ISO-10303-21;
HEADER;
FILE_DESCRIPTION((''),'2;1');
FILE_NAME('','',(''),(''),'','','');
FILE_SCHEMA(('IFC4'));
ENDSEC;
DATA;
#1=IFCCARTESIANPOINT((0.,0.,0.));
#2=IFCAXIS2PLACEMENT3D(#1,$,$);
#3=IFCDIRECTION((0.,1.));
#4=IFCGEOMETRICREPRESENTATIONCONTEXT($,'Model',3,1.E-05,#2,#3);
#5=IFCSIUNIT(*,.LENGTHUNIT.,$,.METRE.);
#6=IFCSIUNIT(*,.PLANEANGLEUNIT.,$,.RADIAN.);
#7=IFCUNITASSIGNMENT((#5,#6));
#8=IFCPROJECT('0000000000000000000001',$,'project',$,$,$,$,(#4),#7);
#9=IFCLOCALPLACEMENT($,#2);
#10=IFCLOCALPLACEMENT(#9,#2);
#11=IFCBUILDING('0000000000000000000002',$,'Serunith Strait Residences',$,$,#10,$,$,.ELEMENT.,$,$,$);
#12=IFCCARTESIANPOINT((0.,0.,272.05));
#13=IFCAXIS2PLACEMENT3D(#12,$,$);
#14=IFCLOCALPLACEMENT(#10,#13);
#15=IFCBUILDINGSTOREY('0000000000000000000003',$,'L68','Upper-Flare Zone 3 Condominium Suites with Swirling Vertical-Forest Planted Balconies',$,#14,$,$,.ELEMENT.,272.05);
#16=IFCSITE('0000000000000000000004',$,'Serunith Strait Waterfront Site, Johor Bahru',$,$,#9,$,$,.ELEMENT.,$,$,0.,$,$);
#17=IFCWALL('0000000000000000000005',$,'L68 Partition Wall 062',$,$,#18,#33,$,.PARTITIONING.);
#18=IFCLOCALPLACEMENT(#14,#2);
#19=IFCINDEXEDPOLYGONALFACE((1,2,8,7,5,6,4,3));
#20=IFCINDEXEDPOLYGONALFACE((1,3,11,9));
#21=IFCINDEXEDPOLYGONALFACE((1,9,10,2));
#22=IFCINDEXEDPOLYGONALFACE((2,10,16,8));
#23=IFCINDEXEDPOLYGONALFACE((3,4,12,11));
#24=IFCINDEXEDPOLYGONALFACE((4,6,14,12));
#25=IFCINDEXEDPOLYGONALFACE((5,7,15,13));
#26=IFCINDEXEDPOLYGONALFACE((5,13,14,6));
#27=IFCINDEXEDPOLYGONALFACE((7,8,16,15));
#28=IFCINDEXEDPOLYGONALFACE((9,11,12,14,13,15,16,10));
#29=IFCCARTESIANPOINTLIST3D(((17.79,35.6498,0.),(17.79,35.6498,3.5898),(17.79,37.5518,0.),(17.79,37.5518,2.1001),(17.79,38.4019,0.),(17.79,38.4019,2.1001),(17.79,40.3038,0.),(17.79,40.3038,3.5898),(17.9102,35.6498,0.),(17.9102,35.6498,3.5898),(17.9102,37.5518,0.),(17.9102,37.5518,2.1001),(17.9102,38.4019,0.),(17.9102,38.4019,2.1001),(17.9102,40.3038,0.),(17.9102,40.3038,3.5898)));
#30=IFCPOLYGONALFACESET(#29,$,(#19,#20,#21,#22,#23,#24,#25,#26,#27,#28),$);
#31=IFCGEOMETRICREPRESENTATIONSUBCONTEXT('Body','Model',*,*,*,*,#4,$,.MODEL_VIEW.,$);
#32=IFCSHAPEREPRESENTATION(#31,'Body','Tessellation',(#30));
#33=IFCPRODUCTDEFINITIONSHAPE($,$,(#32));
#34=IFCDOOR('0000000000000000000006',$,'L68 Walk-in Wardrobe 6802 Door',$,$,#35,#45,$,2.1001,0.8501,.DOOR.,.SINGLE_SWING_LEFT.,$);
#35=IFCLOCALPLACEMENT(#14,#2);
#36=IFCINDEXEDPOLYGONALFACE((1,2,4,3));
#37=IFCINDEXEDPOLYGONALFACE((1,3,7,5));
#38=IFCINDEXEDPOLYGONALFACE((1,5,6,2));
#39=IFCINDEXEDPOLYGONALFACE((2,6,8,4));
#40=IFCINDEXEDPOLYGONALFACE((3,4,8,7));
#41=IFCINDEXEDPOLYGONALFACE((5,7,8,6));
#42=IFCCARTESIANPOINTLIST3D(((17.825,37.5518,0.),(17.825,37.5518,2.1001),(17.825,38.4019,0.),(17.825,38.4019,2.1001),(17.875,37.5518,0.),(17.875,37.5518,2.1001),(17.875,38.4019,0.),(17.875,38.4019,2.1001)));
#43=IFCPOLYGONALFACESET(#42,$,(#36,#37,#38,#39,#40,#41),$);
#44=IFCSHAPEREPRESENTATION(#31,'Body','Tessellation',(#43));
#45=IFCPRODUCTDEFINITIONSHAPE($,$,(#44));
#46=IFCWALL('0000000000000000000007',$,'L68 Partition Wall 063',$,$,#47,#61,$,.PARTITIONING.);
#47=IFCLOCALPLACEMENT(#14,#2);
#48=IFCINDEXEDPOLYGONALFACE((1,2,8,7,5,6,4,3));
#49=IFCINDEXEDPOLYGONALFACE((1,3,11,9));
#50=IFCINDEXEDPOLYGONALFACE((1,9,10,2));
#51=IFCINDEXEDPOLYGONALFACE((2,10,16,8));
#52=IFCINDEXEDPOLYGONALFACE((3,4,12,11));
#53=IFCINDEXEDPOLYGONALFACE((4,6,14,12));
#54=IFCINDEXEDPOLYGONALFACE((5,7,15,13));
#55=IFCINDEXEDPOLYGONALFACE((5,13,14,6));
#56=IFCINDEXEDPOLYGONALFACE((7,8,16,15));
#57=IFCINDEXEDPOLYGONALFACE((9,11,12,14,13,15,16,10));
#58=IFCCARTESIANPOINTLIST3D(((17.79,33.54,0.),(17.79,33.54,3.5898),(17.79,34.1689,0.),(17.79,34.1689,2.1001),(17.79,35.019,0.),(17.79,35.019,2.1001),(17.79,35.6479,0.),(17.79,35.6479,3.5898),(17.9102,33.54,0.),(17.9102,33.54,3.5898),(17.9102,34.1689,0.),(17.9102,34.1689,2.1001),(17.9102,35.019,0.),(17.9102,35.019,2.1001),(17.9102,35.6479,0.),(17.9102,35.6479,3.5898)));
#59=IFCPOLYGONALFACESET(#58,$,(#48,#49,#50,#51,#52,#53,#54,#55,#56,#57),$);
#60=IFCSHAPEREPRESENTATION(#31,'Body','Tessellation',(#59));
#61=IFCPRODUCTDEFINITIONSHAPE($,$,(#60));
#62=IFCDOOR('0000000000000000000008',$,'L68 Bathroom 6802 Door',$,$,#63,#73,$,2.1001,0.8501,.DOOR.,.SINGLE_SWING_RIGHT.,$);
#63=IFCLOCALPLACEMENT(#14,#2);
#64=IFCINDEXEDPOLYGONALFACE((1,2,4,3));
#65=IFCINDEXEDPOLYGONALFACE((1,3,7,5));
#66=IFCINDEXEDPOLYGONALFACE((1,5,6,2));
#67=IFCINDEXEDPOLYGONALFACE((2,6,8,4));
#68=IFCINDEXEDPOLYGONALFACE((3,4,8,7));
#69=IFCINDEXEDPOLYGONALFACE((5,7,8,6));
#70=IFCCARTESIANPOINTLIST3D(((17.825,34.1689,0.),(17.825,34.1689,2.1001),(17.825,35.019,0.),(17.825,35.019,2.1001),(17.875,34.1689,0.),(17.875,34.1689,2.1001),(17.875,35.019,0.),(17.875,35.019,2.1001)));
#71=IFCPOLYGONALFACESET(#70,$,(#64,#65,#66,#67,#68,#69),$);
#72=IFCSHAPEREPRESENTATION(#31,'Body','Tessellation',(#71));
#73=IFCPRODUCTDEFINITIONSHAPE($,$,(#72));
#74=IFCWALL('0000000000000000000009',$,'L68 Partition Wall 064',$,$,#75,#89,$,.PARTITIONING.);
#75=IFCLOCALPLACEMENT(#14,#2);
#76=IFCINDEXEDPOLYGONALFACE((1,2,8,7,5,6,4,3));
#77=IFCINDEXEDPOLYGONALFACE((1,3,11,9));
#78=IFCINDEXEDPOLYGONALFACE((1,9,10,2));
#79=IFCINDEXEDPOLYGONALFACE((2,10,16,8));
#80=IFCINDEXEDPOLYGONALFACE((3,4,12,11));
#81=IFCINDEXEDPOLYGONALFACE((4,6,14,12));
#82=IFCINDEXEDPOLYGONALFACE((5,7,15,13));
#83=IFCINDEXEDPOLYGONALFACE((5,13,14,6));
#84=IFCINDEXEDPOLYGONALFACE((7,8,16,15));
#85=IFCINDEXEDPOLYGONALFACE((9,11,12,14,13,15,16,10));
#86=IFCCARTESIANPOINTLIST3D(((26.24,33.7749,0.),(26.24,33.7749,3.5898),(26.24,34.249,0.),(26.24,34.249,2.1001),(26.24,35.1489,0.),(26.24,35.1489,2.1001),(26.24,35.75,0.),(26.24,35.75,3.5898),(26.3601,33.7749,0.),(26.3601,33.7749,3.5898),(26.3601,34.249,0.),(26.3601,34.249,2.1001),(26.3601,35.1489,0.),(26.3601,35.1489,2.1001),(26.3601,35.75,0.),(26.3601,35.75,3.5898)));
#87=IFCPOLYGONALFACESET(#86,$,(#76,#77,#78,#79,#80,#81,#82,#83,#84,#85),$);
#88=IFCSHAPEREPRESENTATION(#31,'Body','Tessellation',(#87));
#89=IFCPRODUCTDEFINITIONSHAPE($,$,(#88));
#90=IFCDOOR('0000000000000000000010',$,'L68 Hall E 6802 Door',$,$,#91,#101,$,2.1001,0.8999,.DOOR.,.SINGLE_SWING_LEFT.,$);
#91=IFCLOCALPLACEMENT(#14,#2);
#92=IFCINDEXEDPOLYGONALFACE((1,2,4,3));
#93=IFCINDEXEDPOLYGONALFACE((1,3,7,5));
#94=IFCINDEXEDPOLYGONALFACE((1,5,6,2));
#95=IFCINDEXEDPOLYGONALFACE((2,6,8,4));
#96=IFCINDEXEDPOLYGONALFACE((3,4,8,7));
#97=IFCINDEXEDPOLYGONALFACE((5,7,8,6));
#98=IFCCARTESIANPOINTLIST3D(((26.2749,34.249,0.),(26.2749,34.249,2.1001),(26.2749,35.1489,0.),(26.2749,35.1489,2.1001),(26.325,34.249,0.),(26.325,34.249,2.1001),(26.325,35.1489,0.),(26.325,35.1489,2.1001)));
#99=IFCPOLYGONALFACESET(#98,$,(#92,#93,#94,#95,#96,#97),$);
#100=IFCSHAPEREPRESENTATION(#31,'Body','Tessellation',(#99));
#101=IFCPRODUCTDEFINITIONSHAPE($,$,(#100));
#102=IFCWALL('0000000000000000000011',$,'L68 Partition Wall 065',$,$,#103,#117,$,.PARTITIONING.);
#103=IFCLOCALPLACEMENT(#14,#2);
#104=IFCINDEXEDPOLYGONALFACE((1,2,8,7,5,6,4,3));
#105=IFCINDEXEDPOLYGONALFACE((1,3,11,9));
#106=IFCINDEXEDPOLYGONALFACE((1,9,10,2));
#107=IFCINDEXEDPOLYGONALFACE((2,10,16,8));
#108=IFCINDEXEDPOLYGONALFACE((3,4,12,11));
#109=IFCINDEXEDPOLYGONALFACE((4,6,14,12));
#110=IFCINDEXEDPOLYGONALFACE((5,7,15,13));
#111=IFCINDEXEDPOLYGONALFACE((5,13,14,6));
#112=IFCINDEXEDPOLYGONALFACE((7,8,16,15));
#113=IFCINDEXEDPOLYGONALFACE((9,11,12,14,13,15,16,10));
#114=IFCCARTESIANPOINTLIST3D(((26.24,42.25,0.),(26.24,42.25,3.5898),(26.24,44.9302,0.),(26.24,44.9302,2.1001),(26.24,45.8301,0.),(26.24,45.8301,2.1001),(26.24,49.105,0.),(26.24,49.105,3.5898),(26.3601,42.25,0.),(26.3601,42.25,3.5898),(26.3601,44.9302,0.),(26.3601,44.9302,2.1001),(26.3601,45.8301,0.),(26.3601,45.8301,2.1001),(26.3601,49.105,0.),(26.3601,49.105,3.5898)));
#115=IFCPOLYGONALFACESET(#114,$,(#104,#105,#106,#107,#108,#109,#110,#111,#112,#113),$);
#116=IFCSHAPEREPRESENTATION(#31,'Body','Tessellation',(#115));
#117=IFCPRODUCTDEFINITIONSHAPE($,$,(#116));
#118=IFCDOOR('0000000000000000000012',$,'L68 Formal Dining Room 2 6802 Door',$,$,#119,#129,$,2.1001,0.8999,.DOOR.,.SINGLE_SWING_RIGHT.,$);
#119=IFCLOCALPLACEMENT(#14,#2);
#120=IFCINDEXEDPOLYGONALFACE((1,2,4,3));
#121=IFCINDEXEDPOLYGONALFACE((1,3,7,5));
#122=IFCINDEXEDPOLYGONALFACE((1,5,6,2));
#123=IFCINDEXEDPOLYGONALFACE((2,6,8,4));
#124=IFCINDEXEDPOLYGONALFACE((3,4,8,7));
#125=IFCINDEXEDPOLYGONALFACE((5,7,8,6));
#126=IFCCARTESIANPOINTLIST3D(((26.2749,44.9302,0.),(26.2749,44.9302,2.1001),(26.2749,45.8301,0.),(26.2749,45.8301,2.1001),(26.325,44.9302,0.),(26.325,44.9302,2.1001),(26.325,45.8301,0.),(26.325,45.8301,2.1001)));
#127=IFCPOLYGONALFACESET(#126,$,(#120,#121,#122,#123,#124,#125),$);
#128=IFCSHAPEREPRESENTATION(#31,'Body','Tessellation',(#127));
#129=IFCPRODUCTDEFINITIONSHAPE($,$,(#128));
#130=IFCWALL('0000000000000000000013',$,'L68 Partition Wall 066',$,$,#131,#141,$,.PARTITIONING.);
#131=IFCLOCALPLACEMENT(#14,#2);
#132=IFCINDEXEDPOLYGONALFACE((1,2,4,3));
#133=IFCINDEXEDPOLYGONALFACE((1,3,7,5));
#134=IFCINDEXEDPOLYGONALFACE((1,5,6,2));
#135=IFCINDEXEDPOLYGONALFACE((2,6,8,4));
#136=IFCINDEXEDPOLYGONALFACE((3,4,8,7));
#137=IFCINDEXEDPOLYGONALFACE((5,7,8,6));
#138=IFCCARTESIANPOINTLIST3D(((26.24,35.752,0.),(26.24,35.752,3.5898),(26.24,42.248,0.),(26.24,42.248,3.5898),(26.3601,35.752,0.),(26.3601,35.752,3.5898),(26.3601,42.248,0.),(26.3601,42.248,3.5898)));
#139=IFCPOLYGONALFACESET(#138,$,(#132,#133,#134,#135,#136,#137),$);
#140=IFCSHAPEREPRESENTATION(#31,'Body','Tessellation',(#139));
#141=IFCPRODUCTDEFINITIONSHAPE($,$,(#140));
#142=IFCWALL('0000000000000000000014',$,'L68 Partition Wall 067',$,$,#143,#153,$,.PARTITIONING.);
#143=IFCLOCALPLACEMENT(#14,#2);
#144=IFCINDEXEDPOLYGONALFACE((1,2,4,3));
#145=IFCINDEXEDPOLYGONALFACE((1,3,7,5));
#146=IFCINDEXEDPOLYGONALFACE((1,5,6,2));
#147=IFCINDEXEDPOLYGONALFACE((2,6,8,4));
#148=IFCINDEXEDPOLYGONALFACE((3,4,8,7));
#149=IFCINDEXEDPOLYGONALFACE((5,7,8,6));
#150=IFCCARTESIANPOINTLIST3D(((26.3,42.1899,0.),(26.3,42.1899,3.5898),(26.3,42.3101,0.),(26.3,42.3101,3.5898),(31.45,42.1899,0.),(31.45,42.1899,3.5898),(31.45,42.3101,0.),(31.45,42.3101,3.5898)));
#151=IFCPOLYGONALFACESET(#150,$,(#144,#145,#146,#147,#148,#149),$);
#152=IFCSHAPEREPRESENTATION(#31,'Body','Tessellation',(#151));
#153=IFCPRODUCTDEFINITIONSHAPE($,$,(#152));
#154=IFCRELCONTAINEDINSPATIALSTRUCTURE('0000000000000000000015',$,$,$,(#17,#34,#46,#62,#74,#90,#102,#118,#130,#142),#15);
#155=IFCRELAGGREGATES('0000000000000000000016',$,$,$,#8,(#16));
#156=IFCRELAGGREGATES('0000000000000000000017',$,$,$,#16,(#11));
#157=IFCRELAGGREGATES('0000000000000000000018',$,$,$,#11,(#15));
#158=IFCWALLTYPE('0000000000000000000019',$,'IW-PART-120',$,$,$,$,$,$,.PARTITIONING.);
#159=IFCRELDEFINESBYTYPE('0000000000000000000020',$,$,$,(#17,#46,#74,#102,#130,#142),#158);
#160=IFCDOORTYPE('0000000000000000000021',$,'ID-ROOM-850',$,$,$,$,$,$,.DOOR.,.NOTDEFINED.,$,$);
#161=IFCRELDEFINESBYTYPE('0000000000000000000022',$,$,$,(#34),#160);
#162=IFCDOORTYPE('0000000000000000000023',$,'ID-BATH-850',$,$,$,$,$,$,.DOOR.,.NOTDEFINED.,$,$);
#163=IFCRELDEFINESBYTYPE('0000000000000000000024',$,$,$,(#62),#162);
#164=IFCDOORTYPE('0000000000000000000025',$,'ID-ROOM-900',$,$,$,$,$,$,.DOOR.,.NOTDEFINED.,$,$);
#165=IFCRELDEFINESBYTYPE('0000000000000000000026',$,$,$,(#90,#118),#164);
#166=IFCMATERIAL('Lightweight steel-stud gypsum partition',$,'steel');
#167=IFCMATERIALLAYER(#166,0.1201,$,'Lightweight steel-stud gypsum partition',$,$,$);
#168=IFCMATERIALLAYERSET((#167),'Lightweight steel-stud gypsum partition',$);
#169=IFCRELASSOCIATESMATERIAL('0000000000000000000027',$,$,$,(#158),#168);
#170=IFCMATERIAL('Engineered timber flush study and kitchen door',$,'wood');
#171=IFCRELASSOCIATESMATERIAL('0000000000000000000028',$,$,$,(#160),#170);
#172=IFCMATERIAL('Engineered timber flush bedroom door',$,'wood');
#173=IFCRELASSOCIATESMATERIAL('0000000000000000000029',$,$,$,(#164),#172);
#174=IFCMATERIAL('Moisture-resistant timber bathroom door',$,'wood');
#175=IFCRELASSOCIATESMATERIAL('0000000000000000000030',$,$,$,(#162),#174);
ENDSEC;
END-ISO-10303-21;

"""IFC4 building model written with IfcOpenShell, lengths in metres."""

from ifc_helpers import new_model, si_unit, direction, frame, frame_2d, origin, place, context, subcontext, project, spatial, rectangle, extrude, source, transform, mapped, material, layer, layer_set, type_object, element, fill, save


model = new_model("IFC4")

# Units and contexts
model_context = context("Model", 3, precision=1e-05, world=origin(), true_north=direction((0.0, 1.0)))
body_context = subcontext(model_context, "Body", "Model", "MODEL_VIEW")
ifc_project = project(units=[si_unit("LENGTHUNIT", "METRE"), si_unit("PLANEANGLEUNIT", "RADIAN")], contexts=[model_context])

# Site, building, storey
site_placement = place(None, origin())
site = spatial("IfcSite", under=ifc_project, at=site_placement, Name="Serunith Strait Waterfront Site, Johor Bahru", CompositionType="ELEMENT", RefElevation=0.0)
building_placement = place(site_placement, origin())
building = spatial("IfcBuilding", under=site, at=building_placement, Name="Serunith Strait Residences", CompositionType="ELEMENT")
storey_placement = place(building_placement, frame((0.0, 0.0, 272.05)))
storey = spatial("IfcBuildingStorey", under=building, at=storey_placement, Name="L68", Description="Upper-Flare Zone 3 Condominium Suites with Swirling Vertical-Forest Planted Balconies", CompositionType="ELEMENT", Elevation=272.05)

# Shared definitions
ifc_material_1 = material(Name="Lightweight steel-stud gypsum partition", Category="steel")
ifc_layer_1 = layer(ifc_material_1, 0.1201, Name="Lightweight steel-stud gypsum partition")
ifc_layer_set_1 = layer_set([ifc_layer_1], Name="Lightweight steel-stud gypsum partition")
wall_type = type_object("IfcWallType", Name="IW-PART-120", PredefinedType="PARTITIONING", material=ifc_layer_set_1)
ifc_material_2 = material(Name="Engineered timber flush study and kitchen door", Category="wood")
door_type_1 = type_object("IfcDoorType", Name="ID-ROOM-850", OperationType="NOTDEFINED", PredefinedType="DOOR", material=ifc_material_2)
shared_shape_1 = source(origin(), body_context, "Body", "SweptSolid", [
    extrude(rectangle(XDim=0.8501, YDim=2.1001, at=frame_2d((0.425, 1.05))), frame((0.0, 0.0249, 0.0), z_axis=(0.0, -1.0, 0.0), x_axis=(1.0, 0.0, 0.0)), (0.0, 0.0, 1.0), 0.05),
])

# Walls, openings, doors
ifc_material_3 = material(Name="Engineered timber flush bedroom door", Category="wood")
door_type_2 = type_object("IfcDoorType", Name="ID-ROOM-900", OperationType="NOTDEFINED", PredefinedType="DOOR", material=ifc_material_3)
shared_shape_2 = source(origin(), body_context, "Body", "SweptSolid", [
    extrude(rectangle(XDim=0.8999, YDim=2.1001, at=frame_2d((0.45, 1.05))), frame((0.0, 0.0249, 0.0), z_axis=(0.0, -1.0, 0.0), x_axis=(1.0, 0.0, 0.0)), (0.0, 0.0, 1.0), 0.05),
])
wall_1_placement = place(storey_placement, frame((17.8501, 40.304, 0.0), z_axis=(0.0, 0.0, 1.0), x_axis=(0.0, -1.0, 0.0)))
wall_1 = element("IfcWall", 1, at=wall_1_placement, inside=storey, type_object=wall_type, Name="L68 Partition Wall 062", PredefinedType="PARTITIONING", context=body_context, shape_type="SweptSolid", body=[
    extrude(rectangle(XDim=4.6541, YDim=0.1201, at=frame_2d((2.3271, 0.0))), origin(), (0.0, 0.0, 1.0), 3.5898),
])
opening_1_placement = place(wall_1_placement, frame((1.9021, 0.0, 0.0)))
opening_1 = element("IfcOpeningElement", 2, at=opening_1_placement, cuts=wall_1, PredefinedType="OPENING", context=body_context, shape_type="SweptSolid", body=[
    extrude(rectangle(XDim=0.8501, YDim=2.1001, at=frame_2d((0.425, 1.05))), frame((0.0, 0.0701, 0.0), z_axis=(0.0, -1.0, 0.0), x_axis=(1.0, 0.0, 0.0)), (0.0, 0.0, 1.0), 0.1401),
])
door_1_placement = place(opening_1_placement, origin())
door_1 = element("IfcDoor", 3, at=door_1_placement, inside=storey, type_object=door_type_1, Name="L68 Walk-in Wardrobe 6802 Door", OperationType="SINGLE_SWING_LEFT", OverallHeight=2.1001, OverallWidth=0.8501, PredefinedType="DOOR", context=body_context, shape_type="MappedRepresentation", body=[
    mapped(shared_shape_1, transform((0.0, 0.0, 0.0), scale=1.0)),
])
fill(opening_1, door_1)
wall_2_placement = place(storey_placement, frame((17.8501, 35.6479, 0.0), z_axis=(0.0, 0.0, 1.0), x_axis=(0.0, -1.0, 0.0)))
wall_2 = element("IfcWall", 4, at=wall_2_placement, inside=storey, type_object=wall_type, Name="L68 Partition Wall 063", PredefinedType="PARTITIONING", context=body_context, shape_type="SweptSolid", body=[
    extrude(rectangle(XDim=2.1079, YDim=0.1201, at=frame_2d((1.054, 0.0))), origin(), (0.0, 0.0, 1.0), 3.5898),
])
opening_2_placement = place(wall_2_placement, frame((0.6289, 0.0, 0.0)))
opening_2 = element("IfcOpeningElement", 5, at=opening_2_placement, cuts=wall_2, PredefinedType="OPENING", context=body_context, shape_type="SweptSolid", body=[
    extrude(rectangle(XDim=0.8501, YDim=2.1001, at=frame_2d((0.425, 1.05))), frame((0.0, 0.0701, 0.0), z_axis=(0.0, -1.0, 0.0), x_axis=(1.0, 0.0, 0.0)), (0.0, 0.0, 1.0), 0.1401),
])
ifc_material_4 = material(Name="Moisture-resistant timber bathroom door", Category="wood")
door_type_3 = type_object("IfcDoorType", Name="ID-BATH-850", OperationType="NOTDEFINED", PredefinedType="DOOR", material=ifc_material_4)
door_2_placement = place(opening_2_placement, origin())
door_2 = element("IfcDoor", 6, at=door_2_placement, inside=storey, type_object=door_type_3, Name="L68 Bathroom 6802 Door", OperationType="SINGLE_SWING_RIGHT", OverallHeight=2.1001, OverallWidth=0.8501, PredefinedType="DOOR", context=body_context, shape_type="MappedRepresentation", body=[
    mapped(shared_shape_1, transform((0.0, 0.0, 0.0), scale=1.0)),
])
fill(opening_2, door_2)
wall_3_placement = place(storey_placement, frame((26.3, 35.75, 0.0), z_axis=(0.0, 0.0, 1.0), x_axis=(0.0, -1.0, 0.0)))
wall_3 = element("IfcWall", 7, at=wall_3_placement, inside=storey, type_object=wall_type, Name="L68 Partition Wall 064", PredefinedType="PARTITIONING", context=body_context, shape_type="SweptSolid", body=[
    extrude(rectangle(XDim=1.9751, YDim=0.1201, at=frame_2d((0.9875, 0.0))), origin(), (0.0, 0.0, 1.0), 3.5898),
])
opening_3_placement = place(wall_3_placement, frame((0.6011, 0.0, 0.0)))
opening_3 = element("IfcOpeningElement", 8, at=opening_3_placement, cuts=wall_3, PredefinedType="OPENING", context=body_context, shape_type="SweptSolid", body=[
    extrude(rectangle(XDim=0.8999, YDim=2.1001, at=frame_2d((0.45, 1.05))), frame((0.0, 0.0701, 0.0), z_axis=(0.0, -1.0, 0.0), x_axis=(1.0, 0.0, 0.0)), (0.0, 0.0, 1.0), 0.1401),
])
door_3_placement = place(opening_3_placement, origin())
door_3 = element("IfcDoor", 9, at=door_3_placement, inside=storey, type_object=door_type_2, Name="L68 Hall E 6802 Door", OperationType="SINGLE_SWING_LEFT", OverallHeight=2.1001, OverallWidth=0.8999, PredefinedType="DOOR", context=body_context, shape_type="MappedRepresentation", body=[
    mapped(shared_shape_2, transform((0.0, 0.0, 0.0), scale=1.0)),
])
fill(opening_3, door_3)
wall_4_placement = place(storey_placement, frame((26.3, 49.105, 0.0), z_axis=(0.0, 0.0, 1.0), x_axis=(0.0, -1.0, 0.0)))
wall_4 = element("IfcWall", 10, at=wall_4_placement, inside=storey, type_object=wall_type, Name="L68 Partition Wall 065", PredefinedType="PARTITIONING", context=body_context, shape_type="SweptSolid", body=[
    extrude(rectangle(XDim=6.855, YDim=0.1201, at=frame_2d((3.4275, 0.0))), origin(), (0.0, 0.0, 1.0), 3.5898),
])
opening_4_placement = place(wall_4_placement, frame((3.2749, 0.0, 0.0)))
opening_4 = element("IfcOpeningElement", 11, at=opening_4_placement, cuts=wall_4, PredefinedType="OPENING", context=body_context, shape_type="SweptSolid", body=[
    extrude(rectangle(XDim=0.8999, YDim=2.1001, at=frame_2d((0.45, 1.05))), frame((0.0, 0.0701, 0.0), z_axis=(0.0, -1.0, 0.0), x_axis=(1.0, 0.0, 0.0)), (0.0, 0.0, 1.0), 0.1401),
])
door_4_placement = place(opening_4_placement, origin())
door_4 = element("IfcDoor", 12, at=door_4_placement, inside=storey, type_object=door_type_2, Name="L68 Formal Dining Room 2 6802 Door", OperationType="SINGLE_SWING_RIGHT", OverallHeight=2.1001, OverallWidth=0.8999, PredefinedType="DOOR", context=body_context, shape_type="MappedRepresentation", body=[
    mapped(shared_shape_2, transform((0.0, 0.0, 0.0), scale=1.0)),
])
fill(opening_4, door_4)

# Walls
wall_5_placement = place(storey_placement, frame((26.3, 42.248, 0.0), z_axis=(0.0, 0.0, 1.0), x_axis=(0.0, -1.0, 0.0)))
element("IfcWall", 13, at=wall_5_placement, inside=storey, type_object=wall_type, Name="L68 Partition Wall 066", PredefinedType="PARTITIONING", context=body_context, shape_type="SweptSolid", body=[
    extrude(rectangle(XDim=6.4961, YDim=0.1201, at=frame_2d((3.248, 0.0))), origin(), (0.0, 0.0, 1.0), 3.5898),
])
wall_6_placement = place(storey_placement, frame((26.3, 42.25, 0.0), z_axis=(0.0, 0.0, 1.0), x_axis=(1.0, 0.0, 0.0)))
element("IfcWall", 14, at=wall_6_placement, inside=storey, type_object=wall_type, Name="L68 Partition Wall 067", PredefinedType="PARTITIONING", context=body_context, shape_type="SweptSolid", body=[
    extrude(rectangle(XDim=5.1499, YDim=0.1201, at=frame_2d((2.575, 0.0))), origin(), (0.0, 0.0, 1.0), 3.5898),
])

save(model, "model.ifc")
